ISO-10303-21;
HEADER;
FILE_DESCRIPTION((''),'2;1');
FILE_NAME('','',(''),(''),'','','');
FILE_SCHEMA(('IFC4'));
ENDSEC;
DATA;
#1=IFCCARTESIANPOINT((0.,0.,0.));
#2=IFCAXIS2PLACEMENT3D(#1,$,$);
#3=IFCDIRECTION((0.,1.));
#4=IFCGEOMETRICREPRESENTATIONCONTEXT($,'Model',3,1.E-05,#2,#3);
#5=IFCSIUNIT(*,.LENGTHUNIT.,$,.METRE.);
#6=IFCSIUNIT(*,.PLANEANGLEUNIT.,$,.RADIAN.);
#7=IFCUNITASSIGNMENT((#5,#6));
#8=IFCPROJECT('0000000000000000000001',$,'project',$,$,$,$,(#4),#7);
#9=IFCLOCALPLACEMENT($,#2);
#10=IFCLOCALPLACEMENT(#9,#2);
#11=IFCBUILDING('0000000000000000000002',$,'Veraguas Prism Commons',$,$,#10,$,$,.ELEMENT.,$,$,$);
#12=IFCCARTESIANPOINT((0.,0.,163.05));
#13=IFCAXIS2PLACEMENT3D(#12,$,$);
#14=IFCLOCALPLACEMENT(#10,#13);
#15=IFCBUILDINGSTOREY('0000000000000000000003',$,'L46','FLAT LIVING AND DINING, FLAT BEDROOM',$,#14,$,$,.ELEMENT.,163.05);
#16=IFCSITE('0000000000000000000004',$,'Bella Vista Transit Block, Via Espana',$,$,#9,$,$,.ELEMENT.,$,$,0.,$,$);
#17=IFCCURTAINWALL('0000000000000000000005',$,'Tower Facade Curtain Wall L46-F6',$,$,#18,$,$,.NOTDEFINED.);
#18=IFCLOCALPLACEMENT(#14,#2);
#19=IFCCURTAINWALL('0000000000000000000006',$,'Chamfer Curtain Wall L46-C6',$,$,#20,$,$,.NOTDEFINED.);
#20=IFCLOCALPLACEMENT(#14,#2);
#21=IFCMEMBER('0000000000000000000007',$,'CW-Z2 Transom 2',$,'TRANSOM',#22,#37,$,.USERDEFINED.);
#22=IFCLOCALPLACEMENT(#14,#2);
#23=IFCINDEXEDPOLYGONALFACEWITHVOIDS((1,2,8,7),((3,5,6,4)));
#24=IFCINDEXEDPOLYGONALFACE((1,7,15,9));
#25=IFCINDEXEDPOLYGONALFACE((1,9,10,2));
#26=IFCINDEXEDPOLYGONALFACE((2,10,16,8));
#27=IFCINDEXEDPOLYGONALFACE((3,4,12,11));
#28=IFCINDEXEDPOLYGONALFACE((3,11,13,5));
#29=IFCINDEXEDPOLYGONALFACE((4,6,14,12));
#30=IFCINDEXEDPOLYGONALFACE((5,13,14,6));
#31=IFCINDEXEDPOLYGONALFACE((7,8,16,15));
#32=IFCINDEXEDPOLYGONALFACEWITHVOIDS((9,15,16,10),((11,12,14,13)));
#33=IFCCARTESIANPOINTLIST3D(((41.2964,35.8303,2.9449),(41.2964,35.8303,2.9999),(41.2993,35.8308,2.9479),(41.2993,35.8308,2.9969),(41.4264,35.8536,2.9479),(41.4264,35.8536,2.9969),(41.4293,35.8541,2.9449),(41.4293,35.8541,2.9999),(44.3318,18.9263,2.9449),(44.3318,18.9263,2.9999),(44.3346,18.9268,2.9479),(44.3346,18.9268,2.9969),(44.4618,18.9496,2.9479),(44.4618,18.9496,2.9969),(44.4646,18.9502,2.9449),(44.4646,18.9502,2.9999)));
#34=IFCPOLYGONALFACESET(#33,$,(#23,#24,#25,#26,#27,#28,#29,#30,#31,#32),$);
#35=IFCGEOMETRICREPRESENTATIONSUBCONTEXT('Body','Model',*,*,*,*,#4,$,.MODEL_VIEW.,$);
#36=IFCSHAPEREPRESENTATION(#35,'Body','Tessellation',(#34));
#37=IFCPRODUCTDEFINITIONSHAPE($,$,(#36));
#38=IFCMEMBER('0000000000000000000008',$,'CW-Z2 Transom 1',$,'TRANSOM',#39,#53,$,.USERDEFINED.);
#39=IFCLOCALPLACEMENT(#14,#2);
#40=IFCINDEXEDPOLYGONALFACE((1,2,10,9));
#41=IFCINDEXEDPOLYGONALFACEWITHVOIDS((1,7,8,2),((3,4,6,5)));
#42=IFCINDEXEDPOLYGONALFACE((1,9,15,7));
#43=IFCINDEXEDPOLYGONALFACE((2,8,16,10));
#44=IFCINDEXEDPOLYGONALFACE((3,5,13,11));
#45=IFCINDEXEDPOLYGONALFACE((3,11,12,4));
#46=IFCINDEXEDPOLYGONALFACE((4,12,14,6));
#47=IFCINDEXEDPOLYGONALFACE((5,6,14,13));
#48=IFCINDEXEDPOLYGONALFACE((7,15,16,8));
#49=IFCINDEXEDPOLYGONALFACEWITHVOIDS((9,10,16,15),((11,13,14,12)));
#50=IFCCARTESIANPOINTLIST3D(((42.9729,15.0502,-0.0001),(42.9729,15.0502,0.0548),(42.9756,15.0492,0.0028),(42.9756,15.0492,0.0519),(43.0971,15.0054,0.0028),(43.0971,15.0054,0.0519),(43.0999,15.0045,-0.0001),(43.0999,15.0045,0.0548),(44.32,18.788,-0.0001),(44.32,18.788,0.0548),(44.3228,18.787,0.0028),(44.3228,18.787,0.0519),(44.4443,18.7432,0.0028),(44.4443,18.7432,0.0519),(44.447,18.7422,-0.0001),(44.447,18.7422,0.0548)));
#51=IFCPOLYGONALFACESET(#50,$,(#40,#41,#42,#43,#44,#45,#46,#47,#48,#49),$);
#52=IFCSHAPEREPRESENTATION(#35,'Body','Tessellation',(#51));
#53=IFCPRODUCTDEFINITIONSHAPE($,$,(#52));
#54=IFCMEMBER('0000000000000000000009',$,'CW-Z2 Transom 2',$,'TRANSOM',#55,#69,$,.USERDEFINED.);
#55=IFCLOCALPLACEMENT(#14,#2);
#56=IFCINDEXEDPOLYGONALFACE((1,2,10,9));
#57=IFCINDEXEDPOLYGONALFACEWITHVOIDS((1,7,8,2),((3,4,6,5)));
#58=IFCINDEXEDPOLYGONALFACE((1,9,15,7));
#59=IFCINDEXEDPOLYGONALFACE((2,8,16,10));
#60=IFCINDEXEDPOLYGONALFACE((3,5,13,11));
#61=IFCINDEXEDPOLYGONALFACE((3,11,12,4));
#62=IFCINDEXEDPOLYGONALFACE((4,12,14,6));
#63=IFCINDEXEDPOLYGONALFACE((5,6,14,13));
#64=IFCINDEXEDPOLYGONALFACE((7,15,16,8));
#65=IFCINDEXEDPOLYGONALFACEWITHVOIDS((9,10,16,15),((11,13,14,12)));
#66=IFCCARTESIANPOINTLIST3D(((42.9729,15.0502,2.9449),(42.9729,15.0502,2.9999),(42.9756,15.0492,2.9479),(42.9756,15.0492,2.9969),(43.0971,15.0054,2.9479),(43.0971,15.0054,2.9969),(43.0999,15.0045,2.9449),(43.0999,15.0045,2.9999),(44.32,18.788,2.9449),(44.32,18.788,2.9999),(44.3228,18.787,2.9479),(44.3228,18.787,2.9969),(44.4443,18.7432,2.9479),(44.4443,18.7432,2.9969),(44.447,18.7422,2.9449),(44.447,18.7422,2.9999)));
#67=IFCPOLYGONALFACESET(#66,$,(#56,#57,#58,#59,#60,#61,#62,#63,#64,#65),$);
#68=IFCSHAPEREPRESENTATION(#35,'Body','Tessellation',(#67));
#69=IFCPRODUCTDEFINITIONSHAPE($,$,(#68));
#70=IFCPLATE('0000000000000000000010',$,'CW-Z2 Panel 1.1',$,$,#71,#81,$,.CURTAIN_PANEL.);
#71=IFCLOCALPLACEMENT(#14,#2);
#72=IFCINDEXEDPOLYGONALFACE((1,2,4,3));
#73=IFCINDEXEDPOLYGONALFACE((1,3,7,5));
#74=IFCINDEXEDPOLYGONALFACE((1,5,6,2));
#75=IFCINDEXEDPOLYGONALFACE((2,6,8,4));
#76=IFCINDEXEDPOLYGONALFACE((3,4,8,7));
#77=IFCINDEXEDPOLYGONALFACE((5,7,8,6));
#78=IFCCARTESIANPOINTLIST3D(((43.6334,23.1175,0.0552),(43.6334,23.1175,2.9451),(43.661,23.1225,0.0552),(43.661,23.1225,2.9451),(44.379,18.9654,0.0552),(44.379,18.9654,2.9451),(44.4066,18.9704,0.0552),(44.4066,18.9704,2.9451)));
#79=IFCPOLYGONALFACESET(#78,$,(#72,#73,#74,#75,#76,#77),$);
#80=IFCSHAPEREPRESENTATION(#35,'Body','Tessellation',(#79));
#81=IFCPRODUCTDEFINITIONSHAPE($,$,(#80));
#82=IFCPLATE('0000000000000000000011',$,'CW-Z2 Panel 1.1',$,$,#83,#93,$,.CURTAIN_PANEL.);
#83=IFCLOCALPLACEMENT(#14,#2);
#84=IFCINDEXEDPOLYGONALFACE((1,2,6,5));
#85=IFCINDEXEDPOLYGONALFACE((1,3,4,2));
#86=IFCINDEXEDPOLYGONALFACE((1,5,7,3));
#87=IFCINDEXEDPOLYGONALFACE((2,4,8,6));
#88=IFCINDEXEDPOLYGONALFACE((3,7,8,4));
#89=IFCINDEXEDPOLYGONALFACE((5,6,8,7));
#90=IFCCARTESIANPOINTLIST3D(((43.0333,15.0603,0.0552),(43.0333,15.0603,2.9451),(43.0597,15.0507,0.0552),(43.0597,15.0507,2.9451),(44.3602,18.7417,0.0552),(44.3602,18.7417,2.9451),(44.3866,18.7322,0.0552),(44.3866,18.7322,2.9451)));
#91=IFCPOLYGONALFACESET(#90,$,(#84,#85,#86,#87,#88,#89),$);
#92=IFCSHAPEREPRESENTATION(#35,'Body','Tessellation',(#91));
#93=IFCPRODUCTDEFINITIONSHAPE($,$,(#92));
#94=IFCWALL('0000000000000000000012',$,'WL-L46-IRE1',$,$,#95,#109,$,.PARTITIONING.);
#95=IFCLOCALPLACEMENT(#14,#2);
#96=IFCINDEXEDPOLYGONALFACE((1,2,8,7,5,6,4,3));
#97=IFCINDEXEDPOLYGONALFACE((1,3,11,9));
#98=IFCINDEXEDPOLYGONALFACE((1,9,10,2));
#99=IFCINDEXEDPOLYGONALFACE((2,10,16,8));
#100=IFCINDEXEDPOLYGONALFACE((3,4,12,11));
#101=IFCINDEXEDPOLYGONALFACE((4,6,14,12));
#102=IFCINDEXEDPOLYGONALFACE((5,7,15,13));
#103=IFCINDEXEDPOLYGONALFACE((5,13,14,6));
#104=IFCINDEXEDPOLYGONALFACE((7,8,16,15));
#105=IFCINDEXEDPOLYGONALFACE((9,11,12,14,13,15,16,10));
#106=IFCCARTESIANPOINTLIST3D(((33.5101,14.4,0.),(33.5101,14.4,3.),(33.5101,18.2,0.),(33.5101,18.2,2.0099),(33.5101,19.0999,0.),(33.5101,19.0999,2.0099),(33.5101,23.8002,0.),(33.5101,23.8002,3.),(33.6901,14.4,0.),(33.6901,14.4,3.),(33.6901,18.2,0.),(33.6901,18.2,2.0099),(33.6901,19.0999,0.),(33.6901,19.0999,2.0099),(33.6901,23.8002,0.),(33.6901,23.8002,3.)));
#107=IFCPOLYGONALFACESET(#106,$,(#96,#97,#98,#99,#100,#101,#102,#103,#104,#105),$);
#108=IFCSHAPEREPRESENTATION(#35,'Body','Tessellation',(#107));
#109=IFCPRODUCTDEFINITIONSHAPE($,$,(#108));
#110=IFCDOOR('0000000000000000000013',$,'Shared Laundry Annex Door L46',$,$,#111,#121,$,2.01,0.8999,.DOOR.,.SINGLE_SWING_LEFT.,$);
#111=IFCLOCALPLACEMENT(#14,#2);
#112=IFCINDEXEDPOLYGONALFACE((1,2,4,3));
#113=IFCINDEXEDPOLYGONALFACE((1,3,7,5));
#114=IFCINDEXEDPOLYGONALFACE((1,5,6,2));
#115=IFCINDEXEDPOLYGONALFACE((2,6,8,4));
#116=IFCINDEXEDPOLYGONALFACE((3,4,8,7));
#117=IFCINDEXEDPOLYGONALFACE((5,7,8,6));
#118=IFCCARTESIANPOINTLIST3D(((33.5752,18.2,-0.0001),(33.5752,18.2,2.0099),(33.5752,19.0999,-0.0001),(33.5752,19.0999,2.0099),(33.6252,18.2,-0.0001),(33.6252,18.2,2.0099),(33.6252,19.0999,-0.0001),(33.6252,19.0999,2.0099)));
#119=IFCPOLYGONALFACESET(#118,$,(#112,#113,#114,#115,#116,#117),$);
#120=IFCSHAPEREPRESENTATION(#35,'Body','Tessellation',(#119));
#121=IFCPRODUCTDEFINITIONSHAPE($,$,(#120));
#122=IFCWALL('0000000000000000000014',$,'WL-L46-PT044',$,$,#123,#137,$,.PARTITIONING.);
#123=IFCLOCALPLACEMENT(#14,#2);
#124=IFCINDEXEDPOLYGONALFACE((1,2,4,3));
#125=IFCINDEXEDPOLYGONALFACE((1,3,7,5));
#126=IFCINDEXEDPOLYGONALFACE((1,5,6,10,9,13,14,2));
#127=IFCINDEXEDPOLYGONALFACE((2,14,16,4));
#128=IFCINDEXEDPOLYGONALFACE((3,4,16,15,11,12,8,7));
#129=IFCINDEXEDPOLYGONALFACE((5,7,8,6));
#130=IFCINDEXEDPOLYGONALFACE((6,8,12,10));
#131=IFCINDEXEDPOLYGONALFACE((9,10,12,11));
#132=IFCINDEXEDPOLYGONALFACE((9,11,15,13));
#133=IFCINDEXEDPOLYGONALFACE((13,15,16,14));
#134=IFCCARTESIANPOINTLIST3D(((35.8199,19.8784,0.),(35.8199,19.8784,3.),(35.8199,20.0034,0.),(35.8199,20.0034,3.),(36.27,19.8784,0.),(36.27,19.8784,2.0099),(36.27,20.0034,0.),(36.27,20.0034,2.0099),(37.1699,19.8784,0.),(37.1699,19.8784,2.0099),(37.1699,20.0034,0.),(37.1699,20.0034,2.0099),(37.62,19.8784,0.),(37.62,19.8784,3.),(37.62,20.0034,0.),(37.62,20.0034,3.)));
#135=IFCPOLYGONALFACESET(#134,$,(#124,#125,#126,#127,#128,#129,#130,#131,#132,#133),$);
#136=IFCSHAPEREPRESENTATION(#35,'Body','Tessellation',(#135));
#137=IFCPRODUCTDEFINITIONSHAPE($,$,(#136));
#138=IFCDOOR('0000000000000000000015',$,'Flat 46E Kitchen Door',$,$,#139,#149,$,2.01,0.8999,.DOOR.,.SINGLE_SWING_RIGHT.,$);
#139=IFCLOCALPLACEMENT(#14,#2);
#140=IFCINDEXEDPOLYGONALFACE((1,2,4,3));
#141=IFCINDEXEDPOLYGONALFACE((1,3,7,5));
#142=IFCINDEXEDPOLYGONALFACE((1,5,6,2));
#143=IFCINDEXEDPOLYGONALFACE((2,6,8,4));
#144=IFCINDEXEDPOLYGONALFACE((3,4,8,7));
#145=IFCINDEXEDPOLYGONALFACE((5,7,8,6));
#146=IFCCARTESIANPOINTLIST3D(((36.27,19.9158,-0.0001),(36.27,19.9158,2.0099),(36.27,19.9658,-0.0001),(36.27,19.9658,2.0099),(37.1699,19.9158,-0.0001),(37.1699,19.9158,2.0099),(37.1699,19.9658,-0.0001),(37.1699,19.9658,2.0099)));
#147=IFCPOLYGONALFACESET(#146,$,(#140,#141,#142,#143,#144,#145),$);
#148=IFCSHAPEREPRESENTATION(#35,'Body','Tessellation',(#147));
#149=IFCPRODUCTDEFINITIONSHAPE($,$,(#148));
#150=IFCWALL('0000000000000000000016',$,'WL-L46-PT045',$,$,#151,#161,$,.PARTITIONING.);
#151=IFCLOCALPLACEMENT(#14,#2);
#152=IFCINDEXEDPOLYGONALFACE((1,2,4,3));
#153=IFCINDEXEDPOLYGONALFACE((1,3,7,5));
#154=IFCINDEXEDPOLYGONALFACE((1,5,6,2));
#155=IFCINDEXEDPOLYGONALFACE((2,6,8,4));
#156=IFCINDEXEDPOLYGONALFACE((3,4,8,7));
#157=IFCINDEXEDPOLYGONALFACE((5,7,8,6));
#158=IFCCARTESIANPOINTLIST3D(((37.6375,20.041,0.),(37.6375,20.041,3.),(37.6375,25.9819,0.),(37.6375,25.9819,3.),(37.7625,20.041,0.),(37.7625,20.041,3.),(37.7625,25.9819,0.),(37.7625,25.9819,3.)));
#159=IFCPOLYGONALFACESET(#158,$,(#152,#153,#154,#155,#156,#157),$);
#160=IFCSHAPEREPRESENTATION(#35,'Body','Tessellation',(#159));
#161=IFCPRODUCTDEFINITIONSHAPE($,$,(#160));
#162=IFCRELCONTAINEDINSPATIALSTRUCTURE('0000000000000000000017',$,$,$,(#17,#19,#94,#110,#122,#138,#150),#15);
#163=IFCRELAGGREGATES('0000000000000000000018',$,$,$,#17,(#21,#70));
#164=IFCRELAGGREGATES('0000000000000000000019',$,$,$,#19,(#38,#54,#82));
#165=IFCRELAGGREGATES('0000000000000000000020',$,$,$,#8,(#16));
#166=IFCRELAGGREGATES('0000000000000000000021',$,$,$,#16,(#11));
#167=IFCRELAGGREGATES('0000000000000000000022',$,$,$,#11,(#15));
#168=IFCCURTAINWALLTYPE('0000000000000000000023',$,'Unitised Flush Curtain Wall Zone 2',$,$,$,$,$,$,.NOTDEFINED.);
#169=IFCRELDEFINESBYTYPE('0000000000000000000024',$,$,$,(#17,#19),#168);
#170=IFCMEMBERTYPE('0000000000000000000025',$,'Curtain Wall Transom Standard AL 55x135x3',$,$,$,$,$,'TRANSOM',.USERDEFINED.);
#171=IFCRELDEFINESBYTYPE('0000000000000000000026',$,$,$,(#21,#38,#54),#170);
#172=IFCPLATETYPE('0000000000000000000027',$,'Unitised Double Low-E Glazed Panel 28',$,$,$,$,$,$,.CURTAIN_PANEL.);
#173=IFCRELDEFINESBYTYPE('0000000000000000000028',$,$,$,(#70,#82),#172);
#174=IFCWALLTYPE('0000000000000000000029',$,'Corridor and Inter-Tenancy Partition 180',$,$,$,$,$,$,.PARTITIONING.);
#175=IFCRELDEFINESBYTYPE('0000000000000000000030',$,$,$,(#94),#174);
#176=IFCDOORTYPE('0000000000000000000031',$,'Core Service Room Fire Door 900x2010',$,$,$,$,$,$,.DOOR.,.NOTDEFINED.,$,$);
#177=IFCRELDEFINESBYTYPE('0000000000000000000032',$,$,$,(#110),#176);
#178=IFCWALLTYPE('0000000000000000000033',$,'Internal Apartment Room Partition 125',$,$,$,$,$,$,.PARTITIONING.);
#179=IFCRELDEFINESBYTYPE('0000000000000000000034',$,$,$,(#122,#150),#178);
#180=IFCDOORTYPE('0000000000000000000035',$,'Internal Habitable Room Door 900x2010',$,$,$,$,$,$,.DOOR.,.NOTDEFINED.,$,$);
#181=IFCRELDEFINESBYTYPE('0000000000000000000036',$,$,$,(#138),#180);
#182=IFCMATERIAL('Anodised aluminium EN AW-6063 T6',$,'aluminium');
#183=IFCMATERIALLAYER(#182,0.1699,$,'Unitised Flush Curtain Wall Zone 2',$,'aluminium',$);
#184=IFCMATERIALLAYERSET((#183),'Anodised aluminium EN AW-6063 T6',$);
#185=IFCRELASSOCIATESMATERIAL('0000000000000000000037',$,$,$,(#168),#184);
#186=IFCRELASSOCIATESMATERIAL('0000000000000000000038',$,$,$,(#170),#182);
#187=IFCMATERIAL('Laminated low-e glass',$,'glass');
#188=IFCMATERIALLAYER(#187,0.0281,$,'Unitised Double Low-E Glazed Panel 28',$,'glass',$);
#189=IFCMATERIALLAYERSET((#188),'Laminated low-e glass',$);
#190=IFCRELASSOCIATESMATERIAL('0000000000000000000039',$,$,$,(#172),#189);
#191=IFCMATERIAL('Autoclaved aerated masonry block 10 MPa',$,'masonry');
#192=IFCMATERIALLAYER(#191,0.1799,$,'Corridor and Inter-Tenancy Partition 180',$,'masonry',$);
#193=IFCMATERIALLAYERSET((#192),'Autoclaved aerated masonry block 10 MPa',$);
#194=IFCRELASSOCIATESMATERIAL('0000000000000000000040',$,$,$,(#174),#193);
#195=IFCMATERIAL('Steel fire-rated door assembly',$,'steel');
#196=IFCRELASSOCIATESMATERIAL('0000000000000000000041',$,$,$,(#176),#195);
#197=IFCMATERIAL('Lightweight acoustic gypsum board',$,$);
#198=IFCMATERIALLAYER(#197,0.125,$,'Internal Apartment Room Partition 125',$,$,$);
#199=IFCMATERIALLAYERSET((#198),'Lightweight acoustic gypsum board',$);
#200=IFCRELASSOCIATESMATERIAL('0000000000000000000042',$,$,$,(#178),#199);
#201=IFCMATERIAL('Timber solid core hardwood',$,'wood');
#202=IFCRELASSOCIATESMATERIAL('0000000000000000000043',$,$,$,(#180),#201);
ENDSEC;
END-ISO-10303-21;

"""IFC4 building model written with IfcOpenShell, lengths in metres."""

from ifc_helpers import new_model, si_unit, direction, frame, frame_2d, origin, origin_2d, place, context, subcontext, project, spatial, rectangle, hollow_rectangle, extrude, source, transform, mapped, material, layer, layer_set, material_profile, profile_set, type_object, element, fill, aggregate, save


model = new_model("IFC4")

# Units and contexts
model_context = context("Model", 3, precision=1e-05, world=origin(), true_north=direction((0.0, 1.0)))
body_context = subcontext(model_context, "Body", "Model", "MODEL_VIEW")
ifc_project = project(units=[si_unit("LENGTHUNIT", "METRE"), si_unit("PLANEANGLEUNIT", "RADIAN")], contexts=[model_context])

# Site, building, storey
site_placement = place(None, origin())
site = spatial("IfcSite", under=ifc_project, at=site_placement, Name="Bella Vista Transit Block, Via Espana", CompositionType="ELEMENT", RefElevation=0.0)
building_placement = place(site_placement, origin())
building = spatial("IfcBuilding", under=site, at=building_placement, Name="Veraguas Prism Commons", CompositionType="ELEMENT")
storey_placement = place(building_placement, frame((0.0, 0.0, 163.05)))
storey = spatial("IfcBuildingStorey", under=building, at=storey_placement, Name="L46", Description="FLAT LIVING AND DINING, FLAT BEDROOM", CompositionType="ELEMENT", Elevation=163.05)

# Curtain wall
ifc_material_1 = material(Name="Anodised aluminium EN AW-6063 T6", Category="aluminium")
ifc_layer_1 = layer(ifc_material_1, 0.1699, Name="Unitised Flush Curtain Wall Zone 2", Category="aluminium")
ifc_layer_set_1 = layer_set([ifc_layer_1], Name="Anodised aluminium EN AW-6063 T6")
curtain_wall_type = type_object("IfcCurtainWallType", Name="Unitised Flush Curtain Wall Zone 2", PredefinedType="NOTDEFINED", material=ifc_layer_set_1)
curtain_wall_1_placement = place(storey_placement, origin())
curtain_wall_1 = element("IfcCurtainWall", 1, at=curtain_wall_1_placement, inside=storey, type_object=curtain_wall_type, Name="Tower Facade Curtain Wall L46-F6", PredefinedType="NOTDEFINED")

# Curtain wall
curtain_wall_2_placement = place(storey_placement, origin())
curtain_wall_2 = element("IfcCurtainWall", 2, at=curtain_wall_2_placement, inside=storey, type_object=curtain_wall_type, Name="Chamfer Curtain Wall L46-C6", PredefinedType="NOTDEFINED")

# Members
ifc_material_profile_1 = material_profile(ifc_material_1, hollow_rectangle(XDim=0.0549, YDim=0.135, WallThickness=0.0029, at=origin_2d()), Name="AL55X135X3")
ifc_profile_set_1 = profile_set([ifc_material_profile_1], Name="Anodised aluminium EN AW-6063 T6")
member_type_1 = type_object("IfcMemberType", Name="Curtain Wall Transom Standard AL 55x135x3", ElementType="TRANSOM", PredefinedType="USERDEFINED", material=ifc_profile_set_1)
shared_shape_1 = source(origin(), body_context, "Body", "SweptSolid", [
    extrude(hollow_rectangle(XDim=0.0549, YDim=0.135, WallThickness=0.0029, at=origin_2d()), origin(), (0.0, 0.0, 1.0), 17.1743),
])
member_1_placement = place(storey_placement, frame((44.3982, 18.9382, 2.9724), z_axis=(-0.17674, 0.984258, 0.0), x_axis=(0.0, 0.0, 1.0)))
member_1 = element("IfcMember", 3, at=member_1_placement, type_object=member_type_1, Name="CW-Z2 Transom 2", ObjectType="TRANSOM", PredefinedType="USERDEFINED", context=body_context, shape_type="MappedRepresentation", body=[
    mapped(shared_shape_1, transform((0.0, 0.0, 0.0), scale=1.0)),
])
shared_shape_2 = source(origin(), body_context, "Body", "SweptSolid", [
    extrude(hollow_rectangle(XDim=0.0549, YDim=0.135, WallThickness=0.0029, at=origin_2d()), origin(), (0.0, 0.0, 1.0), 3.9731),
])
member_2_placement = place(storey_placement, frame((43.0364, 15.0273, 0.0273), z_axis=(0.339068, 0.940762, 0.0), x_axis=(0.0, 0.0, 1.0)))
member_2 = element("IfcMember", 4, at=member_2_placement, type_object=member_type_1, Name="CW-Z2 Transom 1", ObjectType="TRANSOM", PredefinedType="USERDEFINED", context=body_context, shape_type="MappedRepresentation", body=[
    mapped(shared_shape_2, transform((0.0, 0.0, 0.0), scale=1.0)),
])
member_3_placement = place(storey_placement, frame((43.0364, 15.0273, 2.9724), z_axis=(0.339068, 0.940762, 0.0), x_axis=(0.0, 0.0, 1.0)))
member_3 = element("IfcMember", 5, at=member_3_placement, type_object=member_type_1, Name="CW-Z2 Transom 2", ObjectType="TRANSOM", PredefinedType="USERDEFINED", context=body_context, shape_type="MappedRepresentation", body=[
    mapped(shared_shape_2, transform((0.0, 0.0, 0.0), scale=1.0)),
])

# Plates
ifc_material_2 = material(Name="Laminated low-e glass", Category="glass")
ifc_layer_2 = layer(ifc_material_2, 0.0281, Name="Unitised Double Low-E Glazed Panel 28", Category="glass")
ifc_layer_set_2 = layer_set([ifc_layer_2], Name="Laminated low-e glass")
plate_type = type_object("IfcPlateType", Name="Unitised Double Low-E Glazed Panel 28", PredefinedType="CURTAIN_PANEL", material=ifc_layer_set_2)
shared_shape_3 = source(origin(), body_context, "Body", "SweptSolid", [
    extrude(rectangle(XDim=4.2185, YDim=0.0281, at=origin_2d()), origin(), (0.0, 0.0, 1.0), 2.8899),
])
plate_1_placement = place(storey_placement, frame((44.02, 21.0439, 0.0552), z_axis=(0.0, 0.0, 1.0), x_axis=(-0.176741, 0.984257, 0.0)))
plate_1 = element("IfcPlate", 6, at=plate_1_placement, type_object=plate_type, Name="CW-Z2 Panel 1.1", PredefinedType="CURTAIN_PANEL", context=body_context, shape_type="MappedRepresentation", body=[
    mapped(shared_shape_3, transform((0.0, 0.0, 0.0), scale=1.0)),
])
aggregate(curtain_wall_1, [member_1, plate_1])
shared_shape_4 = source(origin(), body_context, "Body", "SweptSolid", [
    extrude(rectangle(XDim=3.9133, YDim=0.0281, at=origin_2d()), origin(), (0.0, 0.0, 1.0), 2.8899),
])
plate_2_placement = place(storey_placement, frame((43.71, 16.8962, 0.0552), z_axis=(0.0, 0.0, 1.0), x_axis=(0.339083, 0.940757, 0.0)))
plate_2 = element("IfcPlate", 7, at=plate_2_placement, type_object=plate_type, Name="CW-Z2 Panel 1.1", PredefinedType="CURTAIN_PANEL", context=body_context, shape_type="MappedRepresentation", body=[
    mapped(shared_shape_4, transform((0.0, 0.0, 0.0), scale=1.0)),
])
aggregate(curtain_wall_2, [member_2, member_3, plate_2])

# Walls, openings, doors
ifc_material_3 = material(Name="Autoclaved aerated masonry block 10 MPa", Category="masonry")
ifc_layer_3 = layer(ifc_material_3, 0.1799, Name="Corridor and Inter-Tenancy Partition 180", Category="masonry")
ifc_layer_set_3 = layer_set([ifc_layer_3], Name="Autoclaved aerated masonry block 10 MPa")
wall_type_1 = type_object("IfcWallType", Name="Corridor and Inter-Tenancy Partition 180", PredefinedType="PARTITIONING", material=ifc_layer_set_3)
wall_1_placement = place(storey_placement, frame((33.6001, 14.3999, 0.0), z_axis=(0.0, 0.0, 1.0), x_axis=(0.0, 1.0, 0.0)))
wall_1 = element("IfcWall", 8, at=wall_1_placement, inside=storey, type_object=wall_type_1, Name="WL-L46-IRE1", PredefinedType="PARTITIONING", context=body_context, shape_type="SweptSolid", body=[
    extrude(rectangle(XDim=9.4001, YDim=0.1799, at=frame_2d((4.7002, 0.0))), origin(), (0.0, 0.0, 1.0), 3.0),
])
opening_1_placement = place(wall_1_placement, frame((3.8, 0.0, 0.0)))
opening_1 = element("IfcOpeningElement", 9, at=opening_1_placement, cuts=wall_1, PredefinedType="OPENING", context=body_context, shape_type="SweptSolid", body=[
    extrude(rectangle(XDim=0.8999, YDim=2.01, at=frame_2d((0.45, 1.0049))), frame((0.0, 0.0999, 0.0), z_axis=(0.0, -1.0, 0.0), x_axis=(1.0, 0.0, 0.0)), (0.0, 0.0, 1.0), 0.2),
])
ifc_material_4 = material(Name="Steel fire-rated door assembly", Category="steel")
door_type_1 = type_object("IfcDoorType", Name="Core Service Room Fire Door 900x2010", OperationType="NOTDEFINED", PredefinedType="DOOR", material=ifc_material_4)
shared_shape_5 = source(origin(), body_context, "Body", "SweptSolid", [
    extrude(rectangle(XDim=0.8999, YDim=2.01, at=frame_2d((0.45, 1.0049))), frame((0.0, 0.0249, 0.0), z_axis=(0.0, -1.0, 0.0), x_axis=(1.0, 0.0, 0.0)), (0.0, 0.0, 1.0), 0.05),
])
door_1_placement = place(opening_1_placement, origin())
door_1 = element("IfcDoor", 10, at=door_1_placement, inside=storey, type_object=door_type_1, Name="Shared Laundry Annex Door L46", OperationType="SINGLE_SWING_LEFT", OverallHeight=2.01, OverallWidth=0.8999, PredefinedType="DOOR", context=body_context, shape_type="MappedRepresentation", body=[
    mapped(shared_shape_5, transform((0.0, 0.0, 0.0), scale=1.0)),
])
fill(opening_1, door_1)
ifc_material_5 = material(Name="Lightweight acoustic gypsum board")
ifc_layer_4 = layer(ifc_material_5, 0.125, Name="Internal Apartment Room Partition 125")
ifc_layer_set_4 = layer_set([ifc_layer_4], Name="Lightweight acoustic gypsum board")
wall_type_2 = type_object("IfcWallType", Name="Internal Apartment Room Partition 125", PredefinedType="PARTITIONING", material=ifc_layer_set_4)
wall_2_placement = place(storey_placement, frame((35.8201, 19.9409, 0.0), z_axis=(0.0, 0.0, 1.0), x_axis=(1.0, 0.0, 0.0)))
wall_2 = element("IfcWall", 11, at=wall_2_placement, inside=storey, type_object=wall_type_2, Name="WL-L46-PT044", PredefinedType="PARTITIONING", context=body_context, shape_type="SweptSolid", body=[
    extrude(rectangle(XDim=1.8, YDim=0.125, at=frame_2d((0.8999, 0.0))), origin(), (0.0, 0.0, 1.0), 3.0),
])
opening_2_placement = place(wall_2_placement, frame((0.45, 0.0, 0.0)))
opening_2 = element("IfcOpeningElement", 12, at=opening_2_placement, cuts=wall_2, PredefinedType="OPENING", context=body_context, shape_type="SweptSolid", body=[
    extrude(rectangle(XDim=0.8999, YDim=2.01, at=frame_2d((0.45, 1.0049))), frame((0.0, 0.0725, 0.0), z_axis=(0.0, -1.0, 0.0), x_axis=(1.0, 0.0, 0.0)), (0.0, 0.0, 1.0), 0.145),
])
ifc_material_6 = material(Name="Timber solid core hardwood", Category="wood")
door_type_2 = type_object("IfcDoorType", Name="Internal Habitable Room Door 900x2010", OperationType="NOTDEFINED", PredefinedType="DOOR", material=ifc_material_6)
door_2_placement = place(opening_2_placement, origin())
door_2 = element("IfcDoor", 13, at=door_2_placement, inside=storey, type_object=door_type_2, Name="Flat 46E Kitchen Door", OperationType="SINGLE_SWING_RIGHT", OverallHeight=2.01, OverallWidth=0.8999, PredefinedType="DOOR", context=body_context, shape_type="MappedRepresentation", body=[
    mapped(shared_shape_5, transform((0.0, 0.0, 0.0), scale=1.0)),
])
fill(opening_2, door_2)

# Wall
wall_3_placement = place(storey_placement, frame((37.7, 20.041, 0.0), z_axis=(0.0, 0.0, 1.0), x_axis=(0.0, 1.0, 0.0)))
element("IfcWall", 14, at=wall_3_placement, inside=storey, type_object=wall_type_2, Name="WL-L46-PT045", PredefinedType="PARTITIONING", context=body_context, shape_type="SweptSolid", body=[
    extrude(rectangle(XDim=5.9409, YDim=0.125, at=frame_2d((2.9705, 0.0))), origin(), (0.0, 0.0, 1.0), 3.0),
])

save(model, "model.ifc")
